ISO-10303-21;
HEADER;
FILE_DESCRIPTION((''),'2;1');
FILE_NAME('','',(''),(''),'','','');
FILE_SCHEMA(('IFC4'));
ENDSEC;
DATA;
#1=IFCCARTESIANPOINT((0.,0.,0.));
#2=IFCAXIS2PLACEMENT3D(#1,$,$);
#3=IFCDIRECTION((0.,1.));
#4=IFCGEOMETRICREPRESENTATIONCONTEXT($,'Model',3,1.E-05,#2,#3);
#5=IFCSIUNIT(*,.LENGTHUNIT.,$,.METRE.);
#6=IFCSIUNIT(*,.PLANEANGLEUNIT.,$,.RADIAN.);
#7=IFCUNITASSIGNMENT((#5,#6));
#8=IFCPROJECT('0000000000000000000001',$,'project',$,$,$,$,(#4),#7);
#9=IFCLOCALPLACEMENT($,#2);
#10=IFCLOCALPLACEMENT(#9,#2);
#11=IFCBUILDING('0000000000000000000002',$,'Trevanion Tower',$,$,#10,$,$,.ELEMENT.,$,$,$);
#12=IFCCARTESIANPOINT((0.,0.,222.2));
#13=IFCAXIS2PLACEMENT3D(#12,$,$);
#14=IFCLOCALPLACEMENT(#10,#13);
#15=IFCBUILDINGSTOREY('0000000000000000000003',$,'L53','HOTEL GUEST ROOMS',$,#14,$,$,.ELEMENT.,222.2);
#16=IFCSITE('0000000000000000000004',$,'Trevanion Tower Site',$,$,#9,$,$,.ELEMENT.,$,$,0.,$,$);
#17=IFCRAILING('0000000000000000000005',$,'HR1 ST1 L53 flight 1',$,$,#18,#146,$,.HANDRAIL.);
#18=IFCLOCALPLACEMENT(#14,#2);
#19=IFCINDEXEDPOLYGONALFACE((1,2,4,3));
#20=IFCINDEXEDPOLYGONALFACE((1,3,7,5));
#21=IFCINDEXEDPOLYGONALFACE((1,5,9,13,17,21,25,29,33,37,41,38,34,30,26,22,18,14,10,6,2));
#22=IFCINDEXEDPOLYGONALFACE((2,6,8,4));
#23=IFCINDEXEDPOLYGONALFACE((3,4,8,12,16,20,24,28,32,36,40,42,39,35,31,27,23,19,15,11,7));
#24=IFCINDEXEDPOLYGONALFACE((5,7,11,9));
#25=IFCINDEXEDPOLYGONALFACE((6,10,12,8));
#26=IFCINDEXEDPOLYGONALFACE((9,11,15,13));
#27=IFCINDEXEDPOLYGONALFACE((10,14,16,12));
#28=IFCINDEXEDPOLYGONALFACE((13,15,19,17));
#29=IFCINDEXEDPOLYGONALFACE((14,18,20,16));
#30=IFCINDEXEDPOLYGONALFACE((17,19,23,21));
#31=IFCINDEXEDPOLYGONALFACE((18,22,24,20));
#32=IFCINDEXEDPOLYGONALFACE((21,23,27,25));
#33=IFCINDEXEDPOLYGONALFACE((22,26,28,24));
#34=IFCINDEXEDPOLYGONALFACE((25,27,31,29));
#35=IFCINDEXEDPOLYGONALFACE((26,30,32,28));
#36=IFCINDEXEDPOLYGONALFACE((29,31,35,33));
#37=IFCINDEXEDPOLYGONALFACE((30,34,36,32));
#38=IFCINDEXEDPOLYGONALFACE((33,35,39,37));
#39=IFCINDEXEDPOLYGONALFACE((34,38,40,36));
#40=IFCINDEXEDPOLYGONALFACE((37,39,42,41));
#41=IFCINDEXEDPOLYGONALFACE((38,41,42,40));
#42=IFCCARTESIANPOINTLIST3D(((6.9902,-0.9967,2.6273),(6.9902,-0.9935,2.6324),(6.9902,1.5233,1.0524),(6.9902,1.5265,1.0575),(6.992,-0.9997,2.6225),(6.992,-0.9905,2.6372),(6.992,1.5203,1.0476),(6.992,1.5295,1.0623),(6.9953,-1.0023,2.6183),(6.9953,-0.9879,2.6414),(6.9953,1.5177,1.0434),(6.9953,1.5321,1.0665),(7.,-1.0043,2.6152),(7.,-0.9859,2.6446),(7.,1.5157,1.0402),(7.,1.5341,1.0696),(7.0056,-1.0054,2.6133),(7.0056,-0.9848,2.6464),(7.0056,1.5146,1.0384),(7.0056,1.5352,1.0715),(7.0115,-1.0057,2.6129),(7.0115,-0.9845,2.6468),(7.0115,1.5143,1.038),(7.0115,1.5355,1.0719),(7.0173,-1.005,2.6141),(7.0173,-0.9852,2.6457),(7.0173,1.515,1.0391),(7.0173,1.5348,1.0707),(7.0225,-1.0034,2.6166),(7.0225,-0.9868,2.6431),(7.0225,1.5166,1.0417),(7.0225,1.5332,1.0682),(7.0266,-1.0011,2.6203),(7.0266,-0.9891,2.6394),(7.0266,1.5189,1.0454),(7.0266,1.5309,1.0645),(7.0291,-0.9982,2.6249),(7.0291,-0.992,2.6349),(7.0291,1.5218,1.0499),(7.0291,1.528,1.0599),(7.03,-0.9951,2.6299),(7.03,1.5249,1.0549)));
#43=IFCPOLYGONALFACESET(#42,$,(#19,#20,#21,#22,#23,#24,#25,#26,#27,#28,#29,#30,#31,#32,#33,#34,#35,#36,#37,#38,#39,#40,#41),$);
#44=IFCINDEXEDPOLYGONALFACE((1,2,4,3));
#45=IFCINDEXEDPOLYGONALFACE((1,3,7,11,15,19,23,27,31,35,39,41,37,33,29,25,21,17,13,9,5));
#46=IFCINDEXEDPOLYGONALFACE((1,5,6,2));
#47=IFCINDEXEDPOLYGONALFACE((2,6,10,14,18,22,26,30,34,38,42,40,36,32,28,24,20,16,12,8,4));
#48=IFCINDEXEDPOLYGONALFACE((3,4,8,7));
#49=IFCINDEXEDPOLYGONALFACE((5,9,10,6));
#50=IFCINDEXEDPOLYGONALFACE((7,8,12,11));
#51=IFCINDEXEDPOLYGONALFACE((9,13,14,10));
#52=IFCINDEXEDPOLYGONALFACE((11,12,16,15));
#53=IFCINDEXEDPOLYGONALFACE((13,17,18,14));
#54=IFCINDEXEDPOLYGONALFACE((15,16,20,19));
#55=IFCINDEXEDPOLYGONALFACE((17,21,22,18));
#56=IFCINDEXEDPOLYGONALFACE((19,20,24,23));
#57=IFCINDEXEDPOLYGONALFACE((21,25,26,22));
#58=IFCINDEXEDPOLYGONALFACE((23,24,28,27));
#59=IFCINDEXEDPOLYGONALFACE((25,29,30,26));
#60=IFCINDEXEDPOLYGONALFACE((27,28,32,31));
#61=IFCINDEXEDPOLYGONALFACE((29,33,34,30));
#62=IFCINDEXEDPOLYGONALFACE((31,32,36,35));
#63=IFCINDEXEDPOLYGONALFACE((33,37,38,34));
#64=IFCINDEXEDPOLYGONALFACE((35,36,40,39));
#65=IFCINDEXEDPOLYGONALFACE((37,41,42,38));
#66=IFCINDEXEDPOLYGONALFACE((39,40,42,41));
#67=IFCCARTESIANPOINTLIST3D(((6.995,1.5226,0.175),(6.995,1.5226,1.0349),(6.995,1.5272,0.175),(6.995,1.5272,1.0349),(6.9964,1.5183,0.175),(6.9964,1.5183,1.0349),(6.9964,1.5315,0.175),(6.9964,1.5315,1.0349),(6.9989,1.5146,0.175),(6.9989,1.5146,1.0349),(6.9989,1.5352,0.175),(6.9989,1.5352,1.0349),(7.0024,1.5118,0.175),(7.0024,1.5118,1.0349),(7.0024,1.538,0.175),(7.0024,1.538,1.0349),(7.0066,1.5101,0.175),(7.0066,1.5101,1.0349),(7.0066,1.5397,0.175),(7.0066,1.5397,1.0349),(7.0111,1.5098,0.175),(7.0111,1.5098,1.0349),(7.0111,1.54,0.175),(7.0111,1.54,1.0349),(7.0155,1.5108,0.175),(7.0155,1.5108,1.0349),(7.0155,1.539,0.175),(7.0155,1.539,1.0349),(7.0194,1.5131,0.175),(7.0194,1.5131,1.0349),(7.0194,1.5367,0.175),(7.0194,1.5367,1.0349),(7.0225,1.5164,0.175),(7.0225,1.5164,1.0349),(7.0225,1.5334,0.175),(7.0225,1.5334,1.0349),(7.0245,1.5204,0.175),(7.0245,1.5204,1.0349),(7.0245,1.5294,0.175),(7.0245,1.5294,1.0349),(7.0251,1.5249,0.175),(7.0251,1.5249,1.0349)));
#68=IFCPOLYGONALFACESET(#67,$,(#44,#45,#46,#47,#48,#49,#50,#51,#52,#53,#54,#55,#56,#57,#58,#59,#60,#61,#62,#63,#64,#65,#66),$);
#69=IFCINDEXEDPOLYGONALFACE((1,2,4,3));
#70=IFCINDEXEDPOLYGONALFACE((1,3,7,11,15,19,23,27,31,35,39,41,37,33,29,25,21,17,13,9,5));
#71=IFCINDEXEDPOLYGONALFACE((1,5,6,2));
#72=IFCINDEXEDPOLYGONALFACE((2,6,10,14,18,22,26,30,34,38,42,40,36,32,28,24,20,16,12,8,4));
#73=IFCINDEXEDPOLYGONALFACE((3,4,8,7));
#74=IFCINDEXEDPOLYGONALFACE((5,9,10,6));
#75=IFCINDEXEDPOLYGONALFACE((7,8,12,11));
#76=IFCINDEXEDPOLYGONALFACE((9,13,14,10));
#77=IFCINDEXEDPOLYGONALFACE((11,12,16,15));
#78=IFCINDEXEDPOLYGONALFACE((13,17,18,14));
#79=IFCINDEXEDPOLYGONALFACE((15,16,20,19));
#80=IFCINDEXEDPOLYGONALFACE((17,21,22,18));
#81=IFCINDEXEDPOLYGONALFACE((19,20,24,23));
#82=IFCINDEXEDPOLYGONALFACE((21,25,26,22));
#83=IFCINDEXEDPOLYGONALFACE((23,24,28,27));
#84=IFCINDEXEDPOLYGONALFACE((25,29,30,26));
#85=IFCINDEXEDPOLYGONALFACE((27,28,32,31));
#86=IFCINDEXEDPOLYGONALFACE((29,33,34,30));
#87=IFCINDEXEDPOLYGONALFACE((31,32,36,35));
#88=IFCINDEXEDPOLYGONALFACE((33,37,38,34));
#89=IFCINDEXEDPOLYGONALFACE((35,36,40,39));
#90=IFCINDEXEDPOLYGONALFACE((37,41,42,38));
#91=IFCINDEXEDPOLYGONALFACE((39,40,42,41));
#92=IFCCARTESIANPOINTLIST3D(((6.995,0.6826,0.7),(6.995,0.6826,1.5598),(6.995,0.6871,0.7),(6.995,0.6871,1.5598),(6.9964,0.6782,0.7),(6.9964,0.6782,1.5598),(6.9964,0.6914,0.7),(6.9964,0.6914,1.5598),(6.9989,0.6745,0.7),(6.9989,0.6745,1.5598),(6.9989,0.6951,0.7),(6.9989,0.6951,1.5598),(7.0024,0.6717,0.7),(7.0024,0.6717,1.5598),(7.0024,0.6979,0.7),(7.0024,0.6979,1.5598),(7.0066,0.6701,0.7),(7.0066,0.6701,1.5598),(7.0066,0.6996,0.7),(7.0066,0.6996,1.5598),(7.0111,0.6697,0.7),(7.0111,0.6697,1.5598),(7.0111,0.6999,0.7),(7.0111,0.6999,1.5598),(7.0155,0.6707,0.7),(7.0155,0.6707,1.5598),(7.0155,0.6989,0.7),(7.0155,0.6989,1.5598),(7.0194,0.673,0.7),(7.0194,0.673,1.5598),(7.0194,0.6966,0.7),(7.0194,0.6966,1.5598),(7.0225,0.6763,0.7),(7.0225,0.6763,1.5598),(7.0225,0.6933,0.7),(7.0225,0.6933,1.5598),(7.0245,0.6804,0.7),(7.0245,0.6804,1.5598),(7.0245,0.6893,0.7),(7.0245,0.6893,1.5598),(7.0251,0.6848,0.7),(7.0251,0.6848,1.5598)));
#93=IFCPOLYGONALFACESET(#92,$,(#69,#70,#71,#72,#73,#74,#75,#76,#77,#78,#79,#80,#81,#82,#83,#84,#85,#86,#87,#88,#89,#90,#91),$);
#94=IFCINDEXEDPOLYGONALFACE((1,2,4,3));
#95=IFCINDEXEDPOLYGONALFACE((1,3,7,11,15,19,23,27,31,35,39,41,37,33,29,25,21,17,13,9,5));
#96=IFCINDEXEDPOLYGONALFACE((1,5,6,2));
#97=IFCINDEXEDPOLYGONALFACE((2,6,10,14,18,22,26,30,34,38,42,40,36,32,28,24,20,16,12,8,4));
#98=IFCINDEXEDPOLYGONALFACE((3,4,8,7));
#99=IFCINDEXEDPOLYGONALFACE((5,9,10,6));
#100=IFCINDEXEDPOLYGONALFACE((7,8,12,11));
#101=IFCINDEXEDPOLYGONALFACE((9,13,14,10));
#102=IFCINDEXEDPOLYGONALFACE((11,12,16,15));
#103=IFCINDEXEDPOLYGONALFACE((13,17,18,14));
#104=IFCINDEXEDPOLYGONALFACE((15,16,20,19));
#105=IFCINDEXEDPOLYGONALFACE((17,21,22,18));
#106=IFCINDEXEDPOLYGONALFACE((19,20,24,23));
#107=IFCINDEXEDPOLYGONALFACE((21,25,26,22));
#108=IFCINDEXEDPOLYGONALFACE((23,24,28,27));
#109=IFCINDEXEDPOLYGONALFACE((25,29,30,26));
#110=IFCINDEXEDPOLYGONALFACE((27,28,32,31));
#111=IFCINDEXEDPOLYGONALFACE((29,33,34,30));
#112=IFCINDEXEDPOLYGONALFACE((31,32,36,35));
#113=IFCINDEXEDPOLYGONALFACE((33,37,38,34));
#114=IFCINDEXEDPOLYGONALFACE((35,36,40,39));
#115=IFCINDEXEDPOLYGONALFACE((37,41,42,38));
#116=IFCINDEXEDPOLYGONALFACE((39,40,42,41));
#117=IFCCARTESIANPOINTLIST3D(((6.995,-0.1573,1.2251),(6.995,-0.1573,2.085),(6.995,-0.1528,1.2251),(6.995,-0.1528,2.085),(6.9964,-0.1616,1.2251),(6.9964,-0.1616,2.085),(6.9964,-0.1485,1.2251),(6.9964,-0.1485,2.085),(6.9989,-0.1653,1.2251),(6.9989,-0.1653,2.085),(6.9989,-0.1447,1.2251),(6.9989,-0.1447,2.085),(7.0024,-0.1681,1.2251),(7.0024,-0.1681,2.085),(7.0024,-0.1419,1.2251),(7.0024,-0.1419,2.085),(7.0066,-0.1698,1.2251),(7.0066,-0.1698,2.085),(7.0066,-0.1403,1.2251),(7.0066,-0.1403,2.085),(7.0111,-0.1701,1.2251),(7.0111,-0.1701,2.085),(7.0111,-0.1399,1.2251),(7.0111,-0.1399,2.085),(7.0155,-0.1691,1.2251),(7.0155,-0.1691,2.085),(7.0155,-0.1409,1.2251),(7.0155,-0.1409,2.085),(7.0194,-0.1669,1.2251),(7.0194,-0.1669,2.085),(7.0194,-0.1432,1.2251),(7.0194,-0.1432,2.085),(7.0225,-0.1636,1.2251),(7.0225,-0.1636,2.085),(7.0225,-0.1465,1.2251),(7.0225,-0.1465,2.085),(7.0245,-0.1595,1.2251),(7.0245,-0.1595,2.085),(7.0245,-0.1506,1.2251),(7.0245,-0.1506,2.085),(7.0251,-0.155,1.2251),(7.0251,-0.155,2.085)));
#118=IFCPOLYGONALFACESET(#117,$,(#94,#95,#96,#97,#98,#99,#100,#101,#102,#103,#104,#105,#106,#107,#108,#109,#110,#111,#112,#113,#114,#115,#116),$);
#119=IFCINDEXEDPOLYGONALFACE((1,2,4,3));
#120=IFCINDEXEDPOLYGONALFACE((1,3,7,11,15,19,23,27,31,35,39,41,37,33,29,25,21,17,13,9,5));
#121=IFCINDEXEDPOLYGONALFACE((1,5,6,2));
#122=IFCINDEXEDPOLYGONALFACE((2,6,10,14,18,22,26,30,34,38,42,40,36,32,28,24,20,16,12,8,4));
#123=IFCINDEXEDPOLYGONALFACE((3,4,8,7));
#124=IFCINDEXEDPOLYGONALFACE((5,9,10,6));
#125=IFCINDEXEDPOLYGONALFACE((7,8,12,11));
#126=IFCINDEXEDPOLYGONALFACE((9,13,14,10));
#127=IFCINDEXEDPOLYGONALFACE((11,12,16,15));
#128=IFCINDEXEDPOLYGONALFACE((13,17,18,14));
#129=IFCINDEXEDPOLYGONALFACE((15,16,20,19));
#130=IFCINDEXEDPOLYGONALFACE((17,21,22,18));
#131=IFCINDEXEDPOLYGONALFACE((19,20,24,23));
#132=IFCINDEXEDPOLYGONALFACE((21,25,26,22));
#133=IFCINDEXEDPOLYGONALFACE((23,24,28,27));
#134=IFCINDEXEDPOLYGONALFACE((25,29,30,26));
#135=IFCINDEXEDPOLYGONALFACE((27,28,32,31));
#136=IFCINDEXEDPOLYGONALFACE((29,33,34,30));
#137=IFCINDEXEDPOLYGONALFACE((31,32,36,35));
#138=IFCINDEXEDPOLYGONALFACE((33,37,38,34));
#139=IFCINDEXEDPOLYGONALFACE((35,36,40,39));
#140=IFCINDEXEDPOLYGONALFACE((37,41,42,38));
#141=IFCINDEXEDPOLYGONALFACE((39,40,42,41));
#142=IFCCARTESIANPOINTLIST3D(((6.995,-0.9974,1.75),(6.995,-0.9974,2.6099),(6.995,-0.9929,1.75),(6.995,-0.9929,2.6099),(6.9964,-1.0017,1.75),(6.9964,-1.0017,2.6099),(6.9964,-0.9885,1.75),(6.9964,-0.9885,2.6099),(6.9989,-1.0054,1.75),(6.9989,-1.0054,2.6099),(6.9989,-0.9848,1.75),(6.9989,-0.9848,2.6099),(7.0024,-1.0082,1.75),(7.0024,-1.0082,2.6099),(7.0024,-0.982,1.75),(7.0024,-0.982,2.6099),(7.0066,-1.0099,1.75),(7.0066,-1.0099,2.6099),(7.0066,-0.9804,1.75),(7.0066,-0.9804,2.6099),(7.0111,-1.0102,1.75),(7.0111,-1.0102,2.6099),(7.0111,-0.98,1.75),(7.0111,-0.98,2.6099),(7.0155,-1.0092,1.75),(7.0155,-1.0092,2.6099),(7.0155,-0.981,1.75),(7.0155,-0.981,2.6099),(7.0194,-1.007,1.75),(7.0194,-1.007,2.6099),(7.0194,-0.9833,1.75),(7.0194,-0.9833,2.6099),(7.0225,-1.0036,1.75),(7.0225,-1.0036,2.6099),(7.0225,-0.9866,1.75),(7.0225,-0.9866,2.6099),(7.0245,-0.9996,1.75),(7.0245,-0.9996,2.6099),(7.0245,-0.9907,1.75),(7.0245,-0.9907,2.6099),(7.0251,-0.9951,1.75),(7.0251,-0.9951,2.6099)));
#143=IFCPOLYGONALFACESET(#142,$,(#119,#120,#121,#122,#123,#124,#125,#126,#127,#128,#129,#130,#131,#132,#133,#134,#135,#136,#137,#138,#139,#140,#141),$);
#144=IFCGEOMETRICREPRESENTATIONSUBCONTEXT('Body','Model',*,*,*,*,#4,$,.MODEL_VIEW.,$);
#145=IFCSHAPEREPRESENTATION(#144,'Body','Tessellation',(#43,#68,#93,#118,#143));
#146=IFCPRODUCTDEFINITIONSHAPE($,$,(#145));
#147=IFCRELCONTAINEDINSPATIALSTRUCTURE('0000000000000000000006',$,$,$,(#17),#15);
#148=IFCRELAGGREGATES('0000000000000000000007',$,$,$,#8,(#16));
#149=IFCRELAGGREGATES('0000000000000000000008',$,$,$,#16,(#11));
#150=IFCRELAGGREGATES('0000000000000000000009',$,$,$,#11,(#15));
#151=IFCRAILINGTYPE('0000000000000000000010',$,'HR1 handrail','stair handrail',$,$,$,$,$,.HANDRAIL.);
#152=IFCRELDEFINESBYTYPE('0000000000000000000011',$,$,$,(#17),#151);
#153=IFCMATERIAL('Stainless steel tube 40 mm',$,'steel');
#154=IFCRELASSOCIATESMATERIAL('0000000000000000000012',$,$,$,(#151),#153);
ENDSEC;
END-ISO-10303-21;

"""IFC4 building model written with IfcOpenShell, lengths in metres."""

from ifc_helpers import new_model, si_unit, direction, frame, origin, origin_2d, place, context, subcontext, project, spatial, circle, extrude, material, type_object, element, save


model = new_model("IFC4")

# Units and contexts
model_context = context("Model", 3, precision=1e-05, world=origin(), true_north=direction((0.0, 1.0)))
body_context = subcontext(model_context, "Body", "Model", "MODEL_VIEW")
ifc_project = project(units=[si_unit("LENGTHUNIT", "METRE"), si_unit("PLANEANGLEUNIT", "RADIAN")], contexts=[model_context])

# Site, building, storey
site_placement = place(None, origin())
site = spatial("IfcSite", under=ifc_project, at=site_placement, Name="Trevanion Tower Site", CompositionType="ELEMENT", RefElevation=0.0)
building_placement = place(site_placement, origin())
building = spatial("IfcBuilding", under=site, at=building_placement, Name="Trevanion Tower", CompositionType="ELEMENT")
storey_placement = place(building_placement, frame((0.0, 0.0, 222.2)))
storey = spatial("IfcBuildingStorey", under=building, at=storey_placement, Name="L53", Description="HOTEL GUEST ROOMS", CompositionType="ELEMENT", Elevation=222.2)

# Railing
ifc_material_1 = material(Name="Stainless steel tube 40 mm", Category="steel")
railing_type = type_object("IfcRailingType", Name="HR1 handrail", Description="stair handrail", PredefinedType="HANDRAIL", material=ifc_material_1)
for number, where, name in (
    (1, (7.01, 1.5249, 0.175), "HR1 ST1 L53 flight 1"),
):
    element("IfcRailing", number, at=place(storey_placement, frame(where)), inside=storey, type_object=railing_type, Name=name, PredefinedType="HANDRAIL", context=body_context, shape_type="SweptSolid", body=[
        extrude(circle(Radius=0.02, at=origin_2d()), frame((0.0, 0.0, 0.8799), z_axis=(0.0, -0.848008, 0.529984), x_axis=(1.0, 0.0, 0.0)), (0.0, 0.0, 1.0), 2.9717),
        extrude(circle(Radius=0.0151, at=origin_2d()), origin(), (0.0, 0.0, 1.0), 0.8599),
        extrude(circle(Radius=0.0151, at=origin_2d()), frame((0.0, -0.8401, 0.5249)), (0.0, 0.0, 1.0), 0.8599),
        extrude(circle(Radius=0.0151, at=origin_2d()), frame((0.0, -1.6799, 1.05)), (0.0, 0.0, 1.0), 0.8599),
        extrude(circle(Radius=0.0151, at=origin_2d()), frame((0.0, -2.52, 1.575)), (0.0, 0.0, 1.0), 0.8599),
    ])

save(model, "model.ifc")
